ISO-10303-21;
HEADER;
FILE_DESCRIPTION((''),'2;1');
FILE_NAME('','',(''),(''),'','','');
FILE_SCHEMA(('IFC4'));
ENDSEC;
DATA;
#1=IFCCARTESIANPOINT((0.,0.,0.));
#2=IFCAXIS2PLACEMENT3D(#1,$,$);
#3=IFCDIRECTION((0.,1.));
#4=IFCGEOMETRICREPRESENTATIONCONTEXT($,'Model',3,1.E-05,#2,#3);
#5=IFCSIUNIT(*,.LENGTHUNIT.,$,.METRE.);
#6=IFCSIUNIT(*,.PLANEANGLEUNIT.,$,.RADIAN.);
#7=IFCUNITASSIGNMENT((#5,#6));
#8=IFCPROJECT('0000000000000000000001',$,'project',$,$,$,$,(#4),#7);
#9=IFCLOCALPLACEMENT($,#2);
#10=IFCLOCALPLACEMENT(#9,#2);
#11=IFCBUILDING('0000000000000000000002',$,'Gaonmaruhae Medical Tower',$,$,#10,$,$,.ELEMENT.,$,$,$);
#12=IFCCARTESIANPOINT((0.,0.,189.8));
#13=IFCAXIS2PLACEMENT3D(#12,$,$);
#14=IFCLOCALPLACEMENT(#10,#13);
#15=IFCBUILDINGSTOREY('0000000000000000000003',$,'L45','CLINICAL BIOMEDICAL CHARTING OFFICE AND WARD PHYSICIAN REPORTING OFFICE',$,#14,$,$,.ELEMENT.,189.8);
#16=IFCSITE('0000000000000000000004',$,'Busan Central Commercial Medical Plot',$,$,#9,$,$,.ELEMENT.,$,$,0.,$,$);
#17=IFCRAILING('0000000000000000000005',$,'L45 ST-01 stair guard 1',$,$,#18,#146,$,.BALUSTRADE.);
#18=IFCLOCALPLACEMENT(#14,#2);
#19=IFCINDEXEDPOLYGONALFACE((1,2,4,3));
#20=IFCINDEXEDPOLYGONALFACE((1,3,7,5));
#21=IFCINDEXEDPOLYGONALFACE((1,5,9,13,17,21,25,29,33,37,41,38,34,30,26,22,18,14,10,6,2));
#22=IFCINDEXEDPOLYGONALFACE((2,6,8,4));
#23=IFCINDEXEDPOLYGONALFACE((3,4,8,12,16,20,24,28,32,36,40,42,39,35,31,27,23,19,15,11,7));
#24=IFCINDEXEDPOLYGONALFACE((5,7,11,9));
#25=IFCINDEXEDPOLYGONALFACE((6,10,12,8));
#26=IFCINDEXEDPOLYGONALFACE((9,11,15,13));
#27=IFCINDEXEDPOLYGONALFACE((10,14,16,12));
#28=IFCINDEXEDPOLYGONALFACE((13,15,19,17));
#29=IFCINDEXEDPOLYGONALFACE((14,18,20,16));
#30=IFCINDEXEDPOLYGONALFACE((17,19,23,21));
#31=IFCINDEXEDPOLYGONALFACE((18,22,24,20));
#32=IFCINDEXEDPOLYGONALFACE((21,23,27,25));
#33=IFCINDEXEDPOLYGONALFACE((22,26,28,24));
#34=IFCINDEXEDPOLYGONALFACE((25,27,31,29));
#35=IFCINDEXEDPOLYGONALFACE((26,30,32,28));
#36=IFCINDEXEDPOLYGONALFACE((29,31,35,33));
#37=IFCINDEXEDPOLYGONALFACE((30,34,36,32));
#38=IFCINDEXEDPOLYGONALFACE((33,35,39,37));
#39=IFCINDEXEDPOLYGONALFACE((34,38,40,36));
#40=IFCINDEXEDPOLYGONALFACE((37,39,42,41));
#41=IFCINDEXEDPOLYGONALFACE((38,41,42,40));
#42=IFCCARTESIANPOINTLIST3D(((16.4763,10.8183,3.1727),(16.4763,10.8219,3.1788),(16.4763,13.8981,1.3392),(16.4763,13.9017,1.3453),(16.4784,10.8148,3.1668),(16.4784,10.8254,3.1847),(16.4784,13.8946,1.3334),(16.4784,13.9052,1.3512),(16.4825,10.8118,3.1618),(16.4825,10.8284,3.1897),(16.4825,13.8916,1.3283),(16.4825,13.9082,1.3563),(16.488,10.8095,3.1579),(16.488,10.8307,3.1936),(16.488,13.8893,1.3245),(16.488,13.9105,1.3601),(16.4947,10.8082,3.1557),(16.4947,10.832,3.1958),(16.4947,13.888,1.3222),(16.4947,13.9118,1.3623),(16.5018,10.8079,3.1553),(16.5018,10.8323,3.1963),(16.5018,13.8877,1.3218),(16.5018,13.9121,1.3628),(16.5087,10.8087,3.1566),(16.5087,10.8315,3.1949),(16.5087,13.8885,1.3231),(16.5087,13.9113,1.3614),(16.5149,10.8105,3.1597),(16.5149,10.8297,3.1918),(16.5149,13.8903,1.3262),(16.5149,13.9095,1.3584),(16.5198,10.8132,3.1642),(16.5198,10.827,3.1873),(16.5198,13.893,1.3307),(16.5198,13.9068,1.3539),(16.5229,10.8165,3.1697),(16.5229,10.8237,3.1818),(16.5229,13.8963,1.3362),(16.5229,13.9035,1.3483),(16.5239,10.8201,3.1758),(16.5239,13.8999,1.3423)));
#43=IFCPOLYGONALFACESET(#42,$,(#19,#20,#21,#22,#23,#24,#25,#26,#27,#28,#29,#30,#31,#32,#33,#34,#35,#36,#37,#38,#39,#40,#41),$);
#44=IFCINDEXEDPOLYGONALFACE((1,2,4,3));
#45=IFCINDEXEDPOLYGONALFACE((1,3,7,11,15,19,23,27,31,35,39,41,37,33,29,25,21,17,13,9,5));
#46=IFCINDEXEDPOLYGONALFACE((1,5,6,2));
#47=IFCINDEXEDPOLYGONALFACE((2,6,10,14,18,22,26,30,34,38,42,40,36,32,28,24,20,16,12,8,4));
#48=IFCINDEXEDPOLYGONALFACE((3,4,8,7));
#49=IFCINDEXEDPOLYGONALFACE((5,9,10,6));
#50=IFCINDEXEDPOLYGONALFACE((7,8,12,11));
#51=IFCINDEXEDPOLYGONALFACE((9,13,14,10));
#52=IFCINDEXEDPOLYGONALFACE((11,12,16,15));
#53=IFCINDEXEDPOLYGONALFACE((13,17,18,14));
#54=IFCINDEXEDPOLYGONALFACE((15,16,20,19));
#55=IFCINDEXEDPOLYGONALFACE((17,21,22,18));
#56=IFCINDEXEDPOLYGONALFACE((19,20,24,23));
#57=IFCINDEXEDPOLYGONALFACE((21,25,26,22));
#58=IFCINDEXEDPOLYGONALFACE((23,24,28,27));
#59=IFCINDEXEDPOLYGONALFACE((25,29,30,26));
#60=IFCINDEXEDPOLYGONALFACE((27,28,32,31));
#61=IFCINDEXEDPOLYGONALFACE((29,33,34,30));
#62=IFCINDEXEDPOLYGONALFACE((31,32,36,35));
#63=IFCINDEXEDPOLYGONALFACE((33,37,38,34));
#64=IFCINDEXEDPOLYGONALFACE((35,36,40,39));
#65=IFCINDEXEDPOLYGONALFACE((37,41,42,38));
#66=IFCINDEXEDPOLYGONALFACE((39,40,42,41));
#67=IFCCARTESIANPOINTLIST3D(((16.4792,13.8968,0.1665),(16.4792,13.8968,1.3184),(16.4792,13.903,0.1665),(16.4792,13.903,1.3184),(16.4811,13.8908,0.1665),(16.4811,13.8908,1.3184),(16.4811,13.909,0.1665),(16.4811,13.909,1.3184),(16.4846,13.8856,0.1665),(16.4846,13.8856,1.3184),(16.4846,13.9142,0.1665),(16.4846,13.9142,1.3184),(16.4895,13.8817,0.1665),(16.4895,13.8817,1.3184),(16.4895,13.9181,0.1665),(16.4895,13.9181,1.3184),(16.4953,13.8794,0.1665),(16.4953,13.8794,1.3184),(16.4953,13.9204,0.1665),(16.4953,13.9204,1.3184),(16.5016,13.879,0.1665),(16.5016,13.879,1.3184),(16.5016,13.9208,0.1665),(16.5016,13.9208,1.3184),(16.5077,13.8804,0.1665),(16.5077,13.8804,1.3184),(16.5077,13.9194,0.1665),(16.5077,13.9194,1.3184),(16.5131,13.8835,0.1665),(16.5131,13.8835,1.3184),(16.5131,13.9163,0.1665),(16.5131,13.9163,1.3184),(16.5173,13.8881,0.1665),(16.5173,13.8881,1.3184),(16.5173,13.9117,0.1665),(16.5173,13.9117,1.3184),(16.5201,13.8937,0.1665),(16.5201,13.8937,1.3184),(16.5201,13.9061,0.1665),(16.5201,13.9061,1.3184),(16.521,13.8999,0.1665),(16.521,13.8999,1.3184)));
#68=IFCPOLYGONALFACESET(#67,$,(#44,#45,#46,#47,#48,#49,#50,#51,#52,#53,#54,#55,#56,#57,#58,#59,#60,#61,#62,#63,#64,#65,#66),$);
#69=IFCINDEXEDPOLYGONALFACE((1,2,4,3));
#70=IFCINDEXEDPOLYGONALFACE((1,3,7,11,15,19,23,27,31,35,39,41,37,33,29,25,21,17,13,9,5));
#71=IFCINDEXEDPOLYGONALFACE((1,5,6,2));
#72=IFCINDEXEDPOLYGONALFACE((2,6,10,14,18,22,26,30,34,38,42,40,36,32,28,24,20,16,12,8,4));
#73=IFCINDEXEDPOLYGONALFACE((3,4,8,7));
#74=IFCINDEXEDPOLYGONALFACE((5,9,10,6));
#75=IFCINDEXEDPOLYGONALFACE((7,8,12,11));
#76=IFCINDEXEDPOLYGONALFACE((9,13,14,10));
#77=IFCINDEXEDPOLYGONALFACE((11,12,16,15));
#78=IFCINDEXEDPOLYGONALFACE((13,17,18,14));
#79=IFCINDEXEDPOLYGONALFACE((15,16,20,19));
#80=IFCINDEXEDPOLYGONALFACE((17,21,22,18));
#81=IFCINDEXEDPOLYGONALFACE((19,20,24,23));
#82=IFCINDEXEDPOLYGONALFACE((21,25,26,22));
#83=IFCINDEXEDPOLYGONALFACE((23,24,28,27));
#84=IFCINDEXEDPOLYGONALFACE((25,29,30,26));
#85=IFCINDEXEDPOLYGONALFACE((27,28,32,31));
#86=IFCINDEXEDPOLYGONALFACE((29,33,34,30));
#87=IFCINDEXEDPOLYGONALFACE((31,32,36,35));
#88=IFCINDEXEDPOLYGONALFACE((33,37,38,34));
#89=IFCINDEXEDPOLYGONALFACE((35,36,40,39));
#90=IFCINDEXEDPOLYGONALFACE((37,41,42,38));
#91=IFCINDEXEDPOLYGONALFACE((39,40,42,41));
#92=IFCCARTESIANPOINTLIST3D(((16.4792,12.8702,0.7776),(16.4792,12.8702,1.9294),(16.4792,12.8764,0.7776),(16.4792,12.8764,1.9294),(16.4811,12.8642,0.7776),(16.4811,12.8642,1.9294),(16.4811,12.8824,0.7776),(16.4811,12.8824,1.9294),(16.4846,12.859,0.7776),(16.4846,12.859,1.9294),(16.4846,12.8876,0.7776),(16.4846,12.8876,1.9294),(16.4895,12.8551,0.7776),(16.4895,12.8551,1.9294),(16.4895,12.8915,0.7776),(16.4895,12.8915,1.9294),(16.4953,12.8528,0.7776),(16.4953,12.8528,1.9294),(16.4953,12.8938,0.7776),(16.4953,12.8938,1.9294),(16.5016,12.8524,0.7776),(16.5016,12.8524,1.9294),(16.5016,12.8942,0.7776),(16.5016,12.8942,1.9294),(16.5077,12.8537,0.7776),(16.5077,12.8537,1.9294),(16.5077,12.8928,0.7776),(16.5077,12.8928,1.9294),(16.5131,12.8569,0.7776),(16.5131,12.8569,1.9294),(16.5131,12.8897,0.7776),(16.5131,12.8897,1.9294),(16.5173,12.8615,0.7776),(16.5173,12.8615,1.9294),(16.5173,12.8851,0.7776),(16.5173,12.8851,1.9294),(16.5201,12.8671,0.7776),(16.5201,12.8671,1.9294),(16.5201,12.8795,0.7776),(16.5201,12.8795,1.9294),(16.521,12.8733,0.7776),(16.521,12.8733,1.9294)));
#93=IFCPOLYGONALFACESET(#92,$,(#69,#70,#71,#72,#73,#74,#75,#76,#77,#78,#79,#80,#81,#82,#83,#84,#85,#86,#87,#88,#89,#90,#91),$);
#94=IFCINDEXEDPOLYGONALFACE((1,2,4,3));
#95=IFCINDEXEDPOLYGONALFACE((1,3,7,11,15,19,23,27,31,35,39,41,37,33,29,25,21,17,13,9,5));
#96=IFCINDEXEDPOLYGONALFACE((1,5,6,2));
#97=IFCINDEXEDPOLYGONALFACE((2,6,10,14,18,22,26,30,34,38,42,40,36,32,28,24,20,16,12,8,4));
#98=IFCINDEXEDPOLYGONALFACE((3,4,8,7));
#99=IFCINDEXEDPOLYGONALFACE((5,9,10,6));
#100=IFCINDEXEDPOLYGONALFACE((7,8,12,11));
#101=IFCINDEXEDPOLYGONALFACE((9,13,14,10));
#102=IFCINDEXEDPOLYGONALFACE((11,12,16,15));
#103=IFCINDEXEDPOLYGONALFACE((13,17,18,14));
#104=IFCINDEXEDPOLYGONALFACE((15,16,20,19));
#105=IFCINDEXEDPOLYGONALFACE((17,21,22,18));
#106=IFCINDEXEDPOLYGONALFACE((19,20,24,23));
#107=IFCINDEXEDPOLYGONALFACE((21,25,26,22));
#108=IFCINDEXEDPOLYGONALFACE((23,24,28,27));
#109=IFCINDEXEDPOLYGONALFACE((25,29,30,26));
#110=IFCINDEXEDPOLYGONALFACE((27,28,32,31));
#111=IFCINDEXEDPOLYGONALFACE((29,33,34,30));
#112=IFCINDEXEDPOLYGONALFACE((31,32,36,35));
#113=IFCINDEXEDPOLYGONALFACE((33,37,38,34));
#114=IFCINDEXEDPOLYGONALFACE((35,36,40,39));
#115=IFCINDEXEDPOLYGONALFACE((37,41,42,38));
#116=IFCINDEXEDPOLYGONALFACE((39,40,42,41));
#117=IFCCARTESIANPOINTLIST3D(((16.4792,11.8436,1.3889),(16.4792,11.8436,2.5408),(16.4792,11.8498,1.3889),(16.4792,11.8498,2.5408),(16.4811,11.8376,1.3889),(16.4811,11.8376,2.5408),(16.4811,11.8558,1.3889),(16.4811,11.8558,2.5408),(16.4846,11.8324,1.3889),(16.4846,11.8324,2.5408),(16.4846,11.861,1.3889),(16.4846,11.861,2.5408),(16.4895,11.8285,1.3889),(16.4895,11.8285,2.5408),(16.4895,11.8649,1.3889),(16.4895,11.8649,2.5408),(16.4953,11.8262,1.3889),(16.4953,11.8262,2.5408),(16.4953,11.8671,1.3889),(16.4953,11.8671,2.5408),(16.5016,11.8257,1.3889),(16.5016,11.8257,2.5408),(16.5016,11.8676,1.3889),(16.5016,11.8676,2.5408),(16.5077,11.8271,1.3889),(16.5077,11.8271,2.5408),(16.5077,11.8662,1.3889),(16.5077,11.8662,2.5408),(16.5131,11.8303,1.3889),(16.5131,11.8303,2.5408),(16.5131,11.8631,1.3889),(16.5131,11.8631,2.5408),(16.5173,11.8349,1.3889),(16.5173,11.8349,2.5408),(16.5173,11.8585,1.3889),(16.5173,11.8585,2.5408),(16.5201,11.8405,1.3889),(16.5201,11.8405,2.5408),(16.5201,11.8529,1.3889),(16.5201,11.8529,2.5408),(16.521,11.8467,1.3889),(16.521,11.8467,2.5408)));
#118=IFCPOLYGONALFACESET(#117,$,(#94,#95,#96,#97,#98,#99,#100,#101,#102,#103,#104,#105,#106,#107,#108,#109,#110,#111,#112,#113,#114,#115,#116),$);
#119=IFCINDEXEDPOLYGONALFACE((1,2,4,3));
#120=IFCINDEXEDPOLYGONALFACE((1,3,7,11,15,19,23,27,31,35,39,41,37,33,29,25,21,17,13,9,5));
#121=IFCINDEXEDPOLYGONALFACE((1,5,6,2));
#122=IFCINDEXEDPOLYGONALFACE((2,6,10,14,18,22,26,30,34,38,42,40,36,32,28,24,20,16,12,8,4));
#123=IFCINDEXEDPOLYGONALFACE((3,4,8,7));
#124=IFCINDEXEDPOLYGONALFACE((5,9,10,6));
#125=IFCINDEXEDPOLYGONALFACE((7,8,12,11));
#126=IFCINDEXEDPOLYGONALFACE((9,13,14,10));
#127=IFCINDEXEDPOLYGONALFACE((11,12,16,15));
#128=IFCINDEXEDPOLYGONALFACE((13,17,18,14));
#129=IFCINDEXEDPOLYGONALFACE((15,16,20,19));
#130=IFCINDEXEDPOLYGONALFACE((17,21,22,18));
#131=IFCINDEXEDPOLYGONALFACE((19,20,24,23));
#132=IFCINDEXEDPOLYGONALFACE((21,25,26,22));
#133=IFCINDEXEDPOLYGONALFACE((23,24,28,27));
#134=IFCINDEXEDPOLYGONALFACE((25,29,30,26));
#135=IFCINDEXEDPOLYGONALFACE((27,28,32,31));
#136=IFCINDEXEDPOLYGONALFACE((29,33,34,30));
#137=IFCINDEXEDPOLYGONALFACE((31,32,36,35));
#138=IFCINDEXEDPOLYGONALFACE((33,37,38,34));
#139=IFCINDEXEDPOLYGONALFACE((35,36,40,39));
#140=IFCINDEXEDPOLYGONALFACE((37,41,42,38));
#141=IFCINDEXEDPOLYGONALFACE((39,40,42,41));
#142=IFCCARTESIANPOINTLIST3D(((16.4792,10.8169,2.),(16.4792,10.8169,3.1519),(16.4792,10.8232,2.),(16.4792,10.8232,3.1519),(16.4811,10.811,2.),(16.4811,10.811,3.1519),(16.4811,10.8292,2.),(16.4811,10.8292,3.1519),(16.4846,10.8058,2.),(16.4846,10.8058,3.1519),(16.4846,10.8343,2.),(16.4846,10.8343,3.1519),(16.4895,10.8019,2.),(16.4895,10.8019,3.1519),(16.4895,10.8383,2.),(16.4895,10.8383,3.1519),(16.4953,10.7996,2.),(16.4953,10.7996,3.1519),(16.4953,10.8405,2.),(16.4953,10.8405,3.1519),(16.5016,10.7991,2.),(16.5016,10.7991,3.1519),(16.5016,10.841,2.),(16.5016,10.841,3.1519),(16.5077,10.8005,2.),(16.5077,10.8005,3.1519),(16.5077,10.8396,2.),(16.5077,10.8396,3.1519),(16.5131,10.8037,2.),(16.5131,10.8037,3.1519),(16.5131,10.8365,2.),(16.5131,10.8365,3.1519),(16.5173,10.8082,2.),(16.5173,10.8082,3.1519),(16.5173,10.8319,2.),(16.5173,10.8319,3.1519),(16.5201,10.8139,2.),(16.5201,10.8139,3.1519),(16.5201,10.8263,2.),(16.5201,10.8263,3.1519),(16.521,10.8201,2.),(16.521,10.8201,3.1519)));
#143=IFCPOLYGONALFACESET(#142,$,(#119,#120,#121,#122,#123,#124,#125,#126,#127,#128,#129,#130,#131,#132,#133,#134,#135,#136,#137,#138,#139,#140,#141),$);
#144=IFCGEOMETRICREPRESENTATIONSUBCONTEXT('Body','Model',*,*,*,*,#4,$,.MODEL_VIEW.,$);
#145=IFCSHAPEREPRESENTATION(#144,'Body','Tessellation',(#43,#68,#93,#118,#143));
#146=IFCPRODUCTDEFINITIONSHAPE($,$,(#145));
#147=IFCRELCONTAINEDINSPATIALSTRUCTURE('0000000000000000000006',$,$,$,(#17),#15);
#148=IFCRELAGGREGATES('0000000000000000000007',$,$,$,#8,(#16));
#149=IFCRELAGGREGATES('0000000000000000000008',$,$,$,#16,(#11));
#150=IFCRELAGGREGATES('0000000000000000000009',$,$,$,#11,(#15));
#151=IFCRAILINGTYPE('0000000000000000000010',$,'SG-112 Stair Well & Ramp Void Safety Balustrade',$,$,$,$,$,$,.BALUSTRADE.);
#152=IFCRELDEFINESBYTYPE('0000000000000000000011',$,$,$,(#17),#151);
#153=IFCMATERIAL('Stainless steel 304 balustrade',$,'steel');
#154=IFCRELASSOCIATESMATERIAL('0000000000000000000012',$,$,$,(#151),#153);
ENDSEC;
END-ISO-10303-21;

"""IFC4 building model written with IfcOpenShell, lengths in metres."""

from ifc_helpers import new_model, si_unit, direction, frame, origin, origin_2d, place, context, subcontext, project, spatial, circle, extrude, material, type_object, element, save


model = new_model("IFC4")

# Units and contexts
model_context = context("Model", 3, precision=1e-05, world=origin(), true_north=direction((0.0, 1.0)))
body_context = subcontext(model_context, "Body", "Model", "MODEL_VIEW")
ifc_project = project(units=[si_unit("LENGTHUNIT", "METRE"), si_unit("PLANEANGLEUNIT", "RADIAN")], contexts=[model_context])

# Site, building, storey
site_placement = place(None, origin())
site = spatial("IfcSite", under=ifc_project, at=site_placement, Name="Busan Central Commercial Medical Plot", CompositionType="ELEMENT", RefElevation=0.0)
building_placement = place(site_placement, origin())
building = spatial("IfcBuilding", under=site, at=building_placement, Name="Gaonmaruhae Medical Tower", CompositionType="ELEMENT")
storey_placement = place(building_placement, frame((0.0, 0.0, 189.8)))
storey = spatial("IfcBuildingStorey", under=building, at=storey_placement, Name="L45", Description="CLINICAL BIOMEDICAL CHARTING OFFICE AND WARD PHYSICIAN REPORTING OFFICE", CompositionType="ELEMENT", Elevation=189.8)

# Railing
ifc_material_1 = material(Name="Stainless steel 304 balustrade", Category="steel")
railing_type_1 = type_object("IfcRailingType", Name="SG-112 Stair Well & Ramp Void Safety Balustrade", PredefinedType="BALUSTRADE", material=ifc_material_1)
railing_1_placement = place(storey_placement, frame((16.5, 13.8999, 0.1665)))
element("IfcRailing", 1, at=railing_1_placement, inside=storey, type_object=railing_type_1, Name="L45 ST-01 stair guard 1", PredefinedType="BALUSTRADE", context=body_context, shape_type="SweptSolid", body=[
    extrude(circle(Radius=0.0239, at=origin_2d()), frame((0.0, 0.0, 1.1758), z_axis=(0.0, -0.859261, 0.511538), x_axis=(1.0, 0.0, 0.0)), (0.0, 0.0, 1.0), 3.5842),
    extrude(circle(Radius=0.021, at=origin_2d()), origin(), (0.0, 0.0, 1.0), 1.1519),
    extrude(circle(Radius=0.021, at=origin_2d()), frame((0.0, -1.0266, 0.6111)), (0.0, 0.0, 1.0), 1.1519),
    extrude(circle(Radius=0.021, at=origin_2d()), frame((0.0, -2.0532, 1.2224)), (0.0, 0.0, 1.0), 1.1519),
    extrude(circle(Radius=0.021, at=origin_2d()), frame((0.0, -3.0798, 1.8335)), (0.0, 0.0, 1.0), 1.1519),
])

save(model, "model.ifc")
